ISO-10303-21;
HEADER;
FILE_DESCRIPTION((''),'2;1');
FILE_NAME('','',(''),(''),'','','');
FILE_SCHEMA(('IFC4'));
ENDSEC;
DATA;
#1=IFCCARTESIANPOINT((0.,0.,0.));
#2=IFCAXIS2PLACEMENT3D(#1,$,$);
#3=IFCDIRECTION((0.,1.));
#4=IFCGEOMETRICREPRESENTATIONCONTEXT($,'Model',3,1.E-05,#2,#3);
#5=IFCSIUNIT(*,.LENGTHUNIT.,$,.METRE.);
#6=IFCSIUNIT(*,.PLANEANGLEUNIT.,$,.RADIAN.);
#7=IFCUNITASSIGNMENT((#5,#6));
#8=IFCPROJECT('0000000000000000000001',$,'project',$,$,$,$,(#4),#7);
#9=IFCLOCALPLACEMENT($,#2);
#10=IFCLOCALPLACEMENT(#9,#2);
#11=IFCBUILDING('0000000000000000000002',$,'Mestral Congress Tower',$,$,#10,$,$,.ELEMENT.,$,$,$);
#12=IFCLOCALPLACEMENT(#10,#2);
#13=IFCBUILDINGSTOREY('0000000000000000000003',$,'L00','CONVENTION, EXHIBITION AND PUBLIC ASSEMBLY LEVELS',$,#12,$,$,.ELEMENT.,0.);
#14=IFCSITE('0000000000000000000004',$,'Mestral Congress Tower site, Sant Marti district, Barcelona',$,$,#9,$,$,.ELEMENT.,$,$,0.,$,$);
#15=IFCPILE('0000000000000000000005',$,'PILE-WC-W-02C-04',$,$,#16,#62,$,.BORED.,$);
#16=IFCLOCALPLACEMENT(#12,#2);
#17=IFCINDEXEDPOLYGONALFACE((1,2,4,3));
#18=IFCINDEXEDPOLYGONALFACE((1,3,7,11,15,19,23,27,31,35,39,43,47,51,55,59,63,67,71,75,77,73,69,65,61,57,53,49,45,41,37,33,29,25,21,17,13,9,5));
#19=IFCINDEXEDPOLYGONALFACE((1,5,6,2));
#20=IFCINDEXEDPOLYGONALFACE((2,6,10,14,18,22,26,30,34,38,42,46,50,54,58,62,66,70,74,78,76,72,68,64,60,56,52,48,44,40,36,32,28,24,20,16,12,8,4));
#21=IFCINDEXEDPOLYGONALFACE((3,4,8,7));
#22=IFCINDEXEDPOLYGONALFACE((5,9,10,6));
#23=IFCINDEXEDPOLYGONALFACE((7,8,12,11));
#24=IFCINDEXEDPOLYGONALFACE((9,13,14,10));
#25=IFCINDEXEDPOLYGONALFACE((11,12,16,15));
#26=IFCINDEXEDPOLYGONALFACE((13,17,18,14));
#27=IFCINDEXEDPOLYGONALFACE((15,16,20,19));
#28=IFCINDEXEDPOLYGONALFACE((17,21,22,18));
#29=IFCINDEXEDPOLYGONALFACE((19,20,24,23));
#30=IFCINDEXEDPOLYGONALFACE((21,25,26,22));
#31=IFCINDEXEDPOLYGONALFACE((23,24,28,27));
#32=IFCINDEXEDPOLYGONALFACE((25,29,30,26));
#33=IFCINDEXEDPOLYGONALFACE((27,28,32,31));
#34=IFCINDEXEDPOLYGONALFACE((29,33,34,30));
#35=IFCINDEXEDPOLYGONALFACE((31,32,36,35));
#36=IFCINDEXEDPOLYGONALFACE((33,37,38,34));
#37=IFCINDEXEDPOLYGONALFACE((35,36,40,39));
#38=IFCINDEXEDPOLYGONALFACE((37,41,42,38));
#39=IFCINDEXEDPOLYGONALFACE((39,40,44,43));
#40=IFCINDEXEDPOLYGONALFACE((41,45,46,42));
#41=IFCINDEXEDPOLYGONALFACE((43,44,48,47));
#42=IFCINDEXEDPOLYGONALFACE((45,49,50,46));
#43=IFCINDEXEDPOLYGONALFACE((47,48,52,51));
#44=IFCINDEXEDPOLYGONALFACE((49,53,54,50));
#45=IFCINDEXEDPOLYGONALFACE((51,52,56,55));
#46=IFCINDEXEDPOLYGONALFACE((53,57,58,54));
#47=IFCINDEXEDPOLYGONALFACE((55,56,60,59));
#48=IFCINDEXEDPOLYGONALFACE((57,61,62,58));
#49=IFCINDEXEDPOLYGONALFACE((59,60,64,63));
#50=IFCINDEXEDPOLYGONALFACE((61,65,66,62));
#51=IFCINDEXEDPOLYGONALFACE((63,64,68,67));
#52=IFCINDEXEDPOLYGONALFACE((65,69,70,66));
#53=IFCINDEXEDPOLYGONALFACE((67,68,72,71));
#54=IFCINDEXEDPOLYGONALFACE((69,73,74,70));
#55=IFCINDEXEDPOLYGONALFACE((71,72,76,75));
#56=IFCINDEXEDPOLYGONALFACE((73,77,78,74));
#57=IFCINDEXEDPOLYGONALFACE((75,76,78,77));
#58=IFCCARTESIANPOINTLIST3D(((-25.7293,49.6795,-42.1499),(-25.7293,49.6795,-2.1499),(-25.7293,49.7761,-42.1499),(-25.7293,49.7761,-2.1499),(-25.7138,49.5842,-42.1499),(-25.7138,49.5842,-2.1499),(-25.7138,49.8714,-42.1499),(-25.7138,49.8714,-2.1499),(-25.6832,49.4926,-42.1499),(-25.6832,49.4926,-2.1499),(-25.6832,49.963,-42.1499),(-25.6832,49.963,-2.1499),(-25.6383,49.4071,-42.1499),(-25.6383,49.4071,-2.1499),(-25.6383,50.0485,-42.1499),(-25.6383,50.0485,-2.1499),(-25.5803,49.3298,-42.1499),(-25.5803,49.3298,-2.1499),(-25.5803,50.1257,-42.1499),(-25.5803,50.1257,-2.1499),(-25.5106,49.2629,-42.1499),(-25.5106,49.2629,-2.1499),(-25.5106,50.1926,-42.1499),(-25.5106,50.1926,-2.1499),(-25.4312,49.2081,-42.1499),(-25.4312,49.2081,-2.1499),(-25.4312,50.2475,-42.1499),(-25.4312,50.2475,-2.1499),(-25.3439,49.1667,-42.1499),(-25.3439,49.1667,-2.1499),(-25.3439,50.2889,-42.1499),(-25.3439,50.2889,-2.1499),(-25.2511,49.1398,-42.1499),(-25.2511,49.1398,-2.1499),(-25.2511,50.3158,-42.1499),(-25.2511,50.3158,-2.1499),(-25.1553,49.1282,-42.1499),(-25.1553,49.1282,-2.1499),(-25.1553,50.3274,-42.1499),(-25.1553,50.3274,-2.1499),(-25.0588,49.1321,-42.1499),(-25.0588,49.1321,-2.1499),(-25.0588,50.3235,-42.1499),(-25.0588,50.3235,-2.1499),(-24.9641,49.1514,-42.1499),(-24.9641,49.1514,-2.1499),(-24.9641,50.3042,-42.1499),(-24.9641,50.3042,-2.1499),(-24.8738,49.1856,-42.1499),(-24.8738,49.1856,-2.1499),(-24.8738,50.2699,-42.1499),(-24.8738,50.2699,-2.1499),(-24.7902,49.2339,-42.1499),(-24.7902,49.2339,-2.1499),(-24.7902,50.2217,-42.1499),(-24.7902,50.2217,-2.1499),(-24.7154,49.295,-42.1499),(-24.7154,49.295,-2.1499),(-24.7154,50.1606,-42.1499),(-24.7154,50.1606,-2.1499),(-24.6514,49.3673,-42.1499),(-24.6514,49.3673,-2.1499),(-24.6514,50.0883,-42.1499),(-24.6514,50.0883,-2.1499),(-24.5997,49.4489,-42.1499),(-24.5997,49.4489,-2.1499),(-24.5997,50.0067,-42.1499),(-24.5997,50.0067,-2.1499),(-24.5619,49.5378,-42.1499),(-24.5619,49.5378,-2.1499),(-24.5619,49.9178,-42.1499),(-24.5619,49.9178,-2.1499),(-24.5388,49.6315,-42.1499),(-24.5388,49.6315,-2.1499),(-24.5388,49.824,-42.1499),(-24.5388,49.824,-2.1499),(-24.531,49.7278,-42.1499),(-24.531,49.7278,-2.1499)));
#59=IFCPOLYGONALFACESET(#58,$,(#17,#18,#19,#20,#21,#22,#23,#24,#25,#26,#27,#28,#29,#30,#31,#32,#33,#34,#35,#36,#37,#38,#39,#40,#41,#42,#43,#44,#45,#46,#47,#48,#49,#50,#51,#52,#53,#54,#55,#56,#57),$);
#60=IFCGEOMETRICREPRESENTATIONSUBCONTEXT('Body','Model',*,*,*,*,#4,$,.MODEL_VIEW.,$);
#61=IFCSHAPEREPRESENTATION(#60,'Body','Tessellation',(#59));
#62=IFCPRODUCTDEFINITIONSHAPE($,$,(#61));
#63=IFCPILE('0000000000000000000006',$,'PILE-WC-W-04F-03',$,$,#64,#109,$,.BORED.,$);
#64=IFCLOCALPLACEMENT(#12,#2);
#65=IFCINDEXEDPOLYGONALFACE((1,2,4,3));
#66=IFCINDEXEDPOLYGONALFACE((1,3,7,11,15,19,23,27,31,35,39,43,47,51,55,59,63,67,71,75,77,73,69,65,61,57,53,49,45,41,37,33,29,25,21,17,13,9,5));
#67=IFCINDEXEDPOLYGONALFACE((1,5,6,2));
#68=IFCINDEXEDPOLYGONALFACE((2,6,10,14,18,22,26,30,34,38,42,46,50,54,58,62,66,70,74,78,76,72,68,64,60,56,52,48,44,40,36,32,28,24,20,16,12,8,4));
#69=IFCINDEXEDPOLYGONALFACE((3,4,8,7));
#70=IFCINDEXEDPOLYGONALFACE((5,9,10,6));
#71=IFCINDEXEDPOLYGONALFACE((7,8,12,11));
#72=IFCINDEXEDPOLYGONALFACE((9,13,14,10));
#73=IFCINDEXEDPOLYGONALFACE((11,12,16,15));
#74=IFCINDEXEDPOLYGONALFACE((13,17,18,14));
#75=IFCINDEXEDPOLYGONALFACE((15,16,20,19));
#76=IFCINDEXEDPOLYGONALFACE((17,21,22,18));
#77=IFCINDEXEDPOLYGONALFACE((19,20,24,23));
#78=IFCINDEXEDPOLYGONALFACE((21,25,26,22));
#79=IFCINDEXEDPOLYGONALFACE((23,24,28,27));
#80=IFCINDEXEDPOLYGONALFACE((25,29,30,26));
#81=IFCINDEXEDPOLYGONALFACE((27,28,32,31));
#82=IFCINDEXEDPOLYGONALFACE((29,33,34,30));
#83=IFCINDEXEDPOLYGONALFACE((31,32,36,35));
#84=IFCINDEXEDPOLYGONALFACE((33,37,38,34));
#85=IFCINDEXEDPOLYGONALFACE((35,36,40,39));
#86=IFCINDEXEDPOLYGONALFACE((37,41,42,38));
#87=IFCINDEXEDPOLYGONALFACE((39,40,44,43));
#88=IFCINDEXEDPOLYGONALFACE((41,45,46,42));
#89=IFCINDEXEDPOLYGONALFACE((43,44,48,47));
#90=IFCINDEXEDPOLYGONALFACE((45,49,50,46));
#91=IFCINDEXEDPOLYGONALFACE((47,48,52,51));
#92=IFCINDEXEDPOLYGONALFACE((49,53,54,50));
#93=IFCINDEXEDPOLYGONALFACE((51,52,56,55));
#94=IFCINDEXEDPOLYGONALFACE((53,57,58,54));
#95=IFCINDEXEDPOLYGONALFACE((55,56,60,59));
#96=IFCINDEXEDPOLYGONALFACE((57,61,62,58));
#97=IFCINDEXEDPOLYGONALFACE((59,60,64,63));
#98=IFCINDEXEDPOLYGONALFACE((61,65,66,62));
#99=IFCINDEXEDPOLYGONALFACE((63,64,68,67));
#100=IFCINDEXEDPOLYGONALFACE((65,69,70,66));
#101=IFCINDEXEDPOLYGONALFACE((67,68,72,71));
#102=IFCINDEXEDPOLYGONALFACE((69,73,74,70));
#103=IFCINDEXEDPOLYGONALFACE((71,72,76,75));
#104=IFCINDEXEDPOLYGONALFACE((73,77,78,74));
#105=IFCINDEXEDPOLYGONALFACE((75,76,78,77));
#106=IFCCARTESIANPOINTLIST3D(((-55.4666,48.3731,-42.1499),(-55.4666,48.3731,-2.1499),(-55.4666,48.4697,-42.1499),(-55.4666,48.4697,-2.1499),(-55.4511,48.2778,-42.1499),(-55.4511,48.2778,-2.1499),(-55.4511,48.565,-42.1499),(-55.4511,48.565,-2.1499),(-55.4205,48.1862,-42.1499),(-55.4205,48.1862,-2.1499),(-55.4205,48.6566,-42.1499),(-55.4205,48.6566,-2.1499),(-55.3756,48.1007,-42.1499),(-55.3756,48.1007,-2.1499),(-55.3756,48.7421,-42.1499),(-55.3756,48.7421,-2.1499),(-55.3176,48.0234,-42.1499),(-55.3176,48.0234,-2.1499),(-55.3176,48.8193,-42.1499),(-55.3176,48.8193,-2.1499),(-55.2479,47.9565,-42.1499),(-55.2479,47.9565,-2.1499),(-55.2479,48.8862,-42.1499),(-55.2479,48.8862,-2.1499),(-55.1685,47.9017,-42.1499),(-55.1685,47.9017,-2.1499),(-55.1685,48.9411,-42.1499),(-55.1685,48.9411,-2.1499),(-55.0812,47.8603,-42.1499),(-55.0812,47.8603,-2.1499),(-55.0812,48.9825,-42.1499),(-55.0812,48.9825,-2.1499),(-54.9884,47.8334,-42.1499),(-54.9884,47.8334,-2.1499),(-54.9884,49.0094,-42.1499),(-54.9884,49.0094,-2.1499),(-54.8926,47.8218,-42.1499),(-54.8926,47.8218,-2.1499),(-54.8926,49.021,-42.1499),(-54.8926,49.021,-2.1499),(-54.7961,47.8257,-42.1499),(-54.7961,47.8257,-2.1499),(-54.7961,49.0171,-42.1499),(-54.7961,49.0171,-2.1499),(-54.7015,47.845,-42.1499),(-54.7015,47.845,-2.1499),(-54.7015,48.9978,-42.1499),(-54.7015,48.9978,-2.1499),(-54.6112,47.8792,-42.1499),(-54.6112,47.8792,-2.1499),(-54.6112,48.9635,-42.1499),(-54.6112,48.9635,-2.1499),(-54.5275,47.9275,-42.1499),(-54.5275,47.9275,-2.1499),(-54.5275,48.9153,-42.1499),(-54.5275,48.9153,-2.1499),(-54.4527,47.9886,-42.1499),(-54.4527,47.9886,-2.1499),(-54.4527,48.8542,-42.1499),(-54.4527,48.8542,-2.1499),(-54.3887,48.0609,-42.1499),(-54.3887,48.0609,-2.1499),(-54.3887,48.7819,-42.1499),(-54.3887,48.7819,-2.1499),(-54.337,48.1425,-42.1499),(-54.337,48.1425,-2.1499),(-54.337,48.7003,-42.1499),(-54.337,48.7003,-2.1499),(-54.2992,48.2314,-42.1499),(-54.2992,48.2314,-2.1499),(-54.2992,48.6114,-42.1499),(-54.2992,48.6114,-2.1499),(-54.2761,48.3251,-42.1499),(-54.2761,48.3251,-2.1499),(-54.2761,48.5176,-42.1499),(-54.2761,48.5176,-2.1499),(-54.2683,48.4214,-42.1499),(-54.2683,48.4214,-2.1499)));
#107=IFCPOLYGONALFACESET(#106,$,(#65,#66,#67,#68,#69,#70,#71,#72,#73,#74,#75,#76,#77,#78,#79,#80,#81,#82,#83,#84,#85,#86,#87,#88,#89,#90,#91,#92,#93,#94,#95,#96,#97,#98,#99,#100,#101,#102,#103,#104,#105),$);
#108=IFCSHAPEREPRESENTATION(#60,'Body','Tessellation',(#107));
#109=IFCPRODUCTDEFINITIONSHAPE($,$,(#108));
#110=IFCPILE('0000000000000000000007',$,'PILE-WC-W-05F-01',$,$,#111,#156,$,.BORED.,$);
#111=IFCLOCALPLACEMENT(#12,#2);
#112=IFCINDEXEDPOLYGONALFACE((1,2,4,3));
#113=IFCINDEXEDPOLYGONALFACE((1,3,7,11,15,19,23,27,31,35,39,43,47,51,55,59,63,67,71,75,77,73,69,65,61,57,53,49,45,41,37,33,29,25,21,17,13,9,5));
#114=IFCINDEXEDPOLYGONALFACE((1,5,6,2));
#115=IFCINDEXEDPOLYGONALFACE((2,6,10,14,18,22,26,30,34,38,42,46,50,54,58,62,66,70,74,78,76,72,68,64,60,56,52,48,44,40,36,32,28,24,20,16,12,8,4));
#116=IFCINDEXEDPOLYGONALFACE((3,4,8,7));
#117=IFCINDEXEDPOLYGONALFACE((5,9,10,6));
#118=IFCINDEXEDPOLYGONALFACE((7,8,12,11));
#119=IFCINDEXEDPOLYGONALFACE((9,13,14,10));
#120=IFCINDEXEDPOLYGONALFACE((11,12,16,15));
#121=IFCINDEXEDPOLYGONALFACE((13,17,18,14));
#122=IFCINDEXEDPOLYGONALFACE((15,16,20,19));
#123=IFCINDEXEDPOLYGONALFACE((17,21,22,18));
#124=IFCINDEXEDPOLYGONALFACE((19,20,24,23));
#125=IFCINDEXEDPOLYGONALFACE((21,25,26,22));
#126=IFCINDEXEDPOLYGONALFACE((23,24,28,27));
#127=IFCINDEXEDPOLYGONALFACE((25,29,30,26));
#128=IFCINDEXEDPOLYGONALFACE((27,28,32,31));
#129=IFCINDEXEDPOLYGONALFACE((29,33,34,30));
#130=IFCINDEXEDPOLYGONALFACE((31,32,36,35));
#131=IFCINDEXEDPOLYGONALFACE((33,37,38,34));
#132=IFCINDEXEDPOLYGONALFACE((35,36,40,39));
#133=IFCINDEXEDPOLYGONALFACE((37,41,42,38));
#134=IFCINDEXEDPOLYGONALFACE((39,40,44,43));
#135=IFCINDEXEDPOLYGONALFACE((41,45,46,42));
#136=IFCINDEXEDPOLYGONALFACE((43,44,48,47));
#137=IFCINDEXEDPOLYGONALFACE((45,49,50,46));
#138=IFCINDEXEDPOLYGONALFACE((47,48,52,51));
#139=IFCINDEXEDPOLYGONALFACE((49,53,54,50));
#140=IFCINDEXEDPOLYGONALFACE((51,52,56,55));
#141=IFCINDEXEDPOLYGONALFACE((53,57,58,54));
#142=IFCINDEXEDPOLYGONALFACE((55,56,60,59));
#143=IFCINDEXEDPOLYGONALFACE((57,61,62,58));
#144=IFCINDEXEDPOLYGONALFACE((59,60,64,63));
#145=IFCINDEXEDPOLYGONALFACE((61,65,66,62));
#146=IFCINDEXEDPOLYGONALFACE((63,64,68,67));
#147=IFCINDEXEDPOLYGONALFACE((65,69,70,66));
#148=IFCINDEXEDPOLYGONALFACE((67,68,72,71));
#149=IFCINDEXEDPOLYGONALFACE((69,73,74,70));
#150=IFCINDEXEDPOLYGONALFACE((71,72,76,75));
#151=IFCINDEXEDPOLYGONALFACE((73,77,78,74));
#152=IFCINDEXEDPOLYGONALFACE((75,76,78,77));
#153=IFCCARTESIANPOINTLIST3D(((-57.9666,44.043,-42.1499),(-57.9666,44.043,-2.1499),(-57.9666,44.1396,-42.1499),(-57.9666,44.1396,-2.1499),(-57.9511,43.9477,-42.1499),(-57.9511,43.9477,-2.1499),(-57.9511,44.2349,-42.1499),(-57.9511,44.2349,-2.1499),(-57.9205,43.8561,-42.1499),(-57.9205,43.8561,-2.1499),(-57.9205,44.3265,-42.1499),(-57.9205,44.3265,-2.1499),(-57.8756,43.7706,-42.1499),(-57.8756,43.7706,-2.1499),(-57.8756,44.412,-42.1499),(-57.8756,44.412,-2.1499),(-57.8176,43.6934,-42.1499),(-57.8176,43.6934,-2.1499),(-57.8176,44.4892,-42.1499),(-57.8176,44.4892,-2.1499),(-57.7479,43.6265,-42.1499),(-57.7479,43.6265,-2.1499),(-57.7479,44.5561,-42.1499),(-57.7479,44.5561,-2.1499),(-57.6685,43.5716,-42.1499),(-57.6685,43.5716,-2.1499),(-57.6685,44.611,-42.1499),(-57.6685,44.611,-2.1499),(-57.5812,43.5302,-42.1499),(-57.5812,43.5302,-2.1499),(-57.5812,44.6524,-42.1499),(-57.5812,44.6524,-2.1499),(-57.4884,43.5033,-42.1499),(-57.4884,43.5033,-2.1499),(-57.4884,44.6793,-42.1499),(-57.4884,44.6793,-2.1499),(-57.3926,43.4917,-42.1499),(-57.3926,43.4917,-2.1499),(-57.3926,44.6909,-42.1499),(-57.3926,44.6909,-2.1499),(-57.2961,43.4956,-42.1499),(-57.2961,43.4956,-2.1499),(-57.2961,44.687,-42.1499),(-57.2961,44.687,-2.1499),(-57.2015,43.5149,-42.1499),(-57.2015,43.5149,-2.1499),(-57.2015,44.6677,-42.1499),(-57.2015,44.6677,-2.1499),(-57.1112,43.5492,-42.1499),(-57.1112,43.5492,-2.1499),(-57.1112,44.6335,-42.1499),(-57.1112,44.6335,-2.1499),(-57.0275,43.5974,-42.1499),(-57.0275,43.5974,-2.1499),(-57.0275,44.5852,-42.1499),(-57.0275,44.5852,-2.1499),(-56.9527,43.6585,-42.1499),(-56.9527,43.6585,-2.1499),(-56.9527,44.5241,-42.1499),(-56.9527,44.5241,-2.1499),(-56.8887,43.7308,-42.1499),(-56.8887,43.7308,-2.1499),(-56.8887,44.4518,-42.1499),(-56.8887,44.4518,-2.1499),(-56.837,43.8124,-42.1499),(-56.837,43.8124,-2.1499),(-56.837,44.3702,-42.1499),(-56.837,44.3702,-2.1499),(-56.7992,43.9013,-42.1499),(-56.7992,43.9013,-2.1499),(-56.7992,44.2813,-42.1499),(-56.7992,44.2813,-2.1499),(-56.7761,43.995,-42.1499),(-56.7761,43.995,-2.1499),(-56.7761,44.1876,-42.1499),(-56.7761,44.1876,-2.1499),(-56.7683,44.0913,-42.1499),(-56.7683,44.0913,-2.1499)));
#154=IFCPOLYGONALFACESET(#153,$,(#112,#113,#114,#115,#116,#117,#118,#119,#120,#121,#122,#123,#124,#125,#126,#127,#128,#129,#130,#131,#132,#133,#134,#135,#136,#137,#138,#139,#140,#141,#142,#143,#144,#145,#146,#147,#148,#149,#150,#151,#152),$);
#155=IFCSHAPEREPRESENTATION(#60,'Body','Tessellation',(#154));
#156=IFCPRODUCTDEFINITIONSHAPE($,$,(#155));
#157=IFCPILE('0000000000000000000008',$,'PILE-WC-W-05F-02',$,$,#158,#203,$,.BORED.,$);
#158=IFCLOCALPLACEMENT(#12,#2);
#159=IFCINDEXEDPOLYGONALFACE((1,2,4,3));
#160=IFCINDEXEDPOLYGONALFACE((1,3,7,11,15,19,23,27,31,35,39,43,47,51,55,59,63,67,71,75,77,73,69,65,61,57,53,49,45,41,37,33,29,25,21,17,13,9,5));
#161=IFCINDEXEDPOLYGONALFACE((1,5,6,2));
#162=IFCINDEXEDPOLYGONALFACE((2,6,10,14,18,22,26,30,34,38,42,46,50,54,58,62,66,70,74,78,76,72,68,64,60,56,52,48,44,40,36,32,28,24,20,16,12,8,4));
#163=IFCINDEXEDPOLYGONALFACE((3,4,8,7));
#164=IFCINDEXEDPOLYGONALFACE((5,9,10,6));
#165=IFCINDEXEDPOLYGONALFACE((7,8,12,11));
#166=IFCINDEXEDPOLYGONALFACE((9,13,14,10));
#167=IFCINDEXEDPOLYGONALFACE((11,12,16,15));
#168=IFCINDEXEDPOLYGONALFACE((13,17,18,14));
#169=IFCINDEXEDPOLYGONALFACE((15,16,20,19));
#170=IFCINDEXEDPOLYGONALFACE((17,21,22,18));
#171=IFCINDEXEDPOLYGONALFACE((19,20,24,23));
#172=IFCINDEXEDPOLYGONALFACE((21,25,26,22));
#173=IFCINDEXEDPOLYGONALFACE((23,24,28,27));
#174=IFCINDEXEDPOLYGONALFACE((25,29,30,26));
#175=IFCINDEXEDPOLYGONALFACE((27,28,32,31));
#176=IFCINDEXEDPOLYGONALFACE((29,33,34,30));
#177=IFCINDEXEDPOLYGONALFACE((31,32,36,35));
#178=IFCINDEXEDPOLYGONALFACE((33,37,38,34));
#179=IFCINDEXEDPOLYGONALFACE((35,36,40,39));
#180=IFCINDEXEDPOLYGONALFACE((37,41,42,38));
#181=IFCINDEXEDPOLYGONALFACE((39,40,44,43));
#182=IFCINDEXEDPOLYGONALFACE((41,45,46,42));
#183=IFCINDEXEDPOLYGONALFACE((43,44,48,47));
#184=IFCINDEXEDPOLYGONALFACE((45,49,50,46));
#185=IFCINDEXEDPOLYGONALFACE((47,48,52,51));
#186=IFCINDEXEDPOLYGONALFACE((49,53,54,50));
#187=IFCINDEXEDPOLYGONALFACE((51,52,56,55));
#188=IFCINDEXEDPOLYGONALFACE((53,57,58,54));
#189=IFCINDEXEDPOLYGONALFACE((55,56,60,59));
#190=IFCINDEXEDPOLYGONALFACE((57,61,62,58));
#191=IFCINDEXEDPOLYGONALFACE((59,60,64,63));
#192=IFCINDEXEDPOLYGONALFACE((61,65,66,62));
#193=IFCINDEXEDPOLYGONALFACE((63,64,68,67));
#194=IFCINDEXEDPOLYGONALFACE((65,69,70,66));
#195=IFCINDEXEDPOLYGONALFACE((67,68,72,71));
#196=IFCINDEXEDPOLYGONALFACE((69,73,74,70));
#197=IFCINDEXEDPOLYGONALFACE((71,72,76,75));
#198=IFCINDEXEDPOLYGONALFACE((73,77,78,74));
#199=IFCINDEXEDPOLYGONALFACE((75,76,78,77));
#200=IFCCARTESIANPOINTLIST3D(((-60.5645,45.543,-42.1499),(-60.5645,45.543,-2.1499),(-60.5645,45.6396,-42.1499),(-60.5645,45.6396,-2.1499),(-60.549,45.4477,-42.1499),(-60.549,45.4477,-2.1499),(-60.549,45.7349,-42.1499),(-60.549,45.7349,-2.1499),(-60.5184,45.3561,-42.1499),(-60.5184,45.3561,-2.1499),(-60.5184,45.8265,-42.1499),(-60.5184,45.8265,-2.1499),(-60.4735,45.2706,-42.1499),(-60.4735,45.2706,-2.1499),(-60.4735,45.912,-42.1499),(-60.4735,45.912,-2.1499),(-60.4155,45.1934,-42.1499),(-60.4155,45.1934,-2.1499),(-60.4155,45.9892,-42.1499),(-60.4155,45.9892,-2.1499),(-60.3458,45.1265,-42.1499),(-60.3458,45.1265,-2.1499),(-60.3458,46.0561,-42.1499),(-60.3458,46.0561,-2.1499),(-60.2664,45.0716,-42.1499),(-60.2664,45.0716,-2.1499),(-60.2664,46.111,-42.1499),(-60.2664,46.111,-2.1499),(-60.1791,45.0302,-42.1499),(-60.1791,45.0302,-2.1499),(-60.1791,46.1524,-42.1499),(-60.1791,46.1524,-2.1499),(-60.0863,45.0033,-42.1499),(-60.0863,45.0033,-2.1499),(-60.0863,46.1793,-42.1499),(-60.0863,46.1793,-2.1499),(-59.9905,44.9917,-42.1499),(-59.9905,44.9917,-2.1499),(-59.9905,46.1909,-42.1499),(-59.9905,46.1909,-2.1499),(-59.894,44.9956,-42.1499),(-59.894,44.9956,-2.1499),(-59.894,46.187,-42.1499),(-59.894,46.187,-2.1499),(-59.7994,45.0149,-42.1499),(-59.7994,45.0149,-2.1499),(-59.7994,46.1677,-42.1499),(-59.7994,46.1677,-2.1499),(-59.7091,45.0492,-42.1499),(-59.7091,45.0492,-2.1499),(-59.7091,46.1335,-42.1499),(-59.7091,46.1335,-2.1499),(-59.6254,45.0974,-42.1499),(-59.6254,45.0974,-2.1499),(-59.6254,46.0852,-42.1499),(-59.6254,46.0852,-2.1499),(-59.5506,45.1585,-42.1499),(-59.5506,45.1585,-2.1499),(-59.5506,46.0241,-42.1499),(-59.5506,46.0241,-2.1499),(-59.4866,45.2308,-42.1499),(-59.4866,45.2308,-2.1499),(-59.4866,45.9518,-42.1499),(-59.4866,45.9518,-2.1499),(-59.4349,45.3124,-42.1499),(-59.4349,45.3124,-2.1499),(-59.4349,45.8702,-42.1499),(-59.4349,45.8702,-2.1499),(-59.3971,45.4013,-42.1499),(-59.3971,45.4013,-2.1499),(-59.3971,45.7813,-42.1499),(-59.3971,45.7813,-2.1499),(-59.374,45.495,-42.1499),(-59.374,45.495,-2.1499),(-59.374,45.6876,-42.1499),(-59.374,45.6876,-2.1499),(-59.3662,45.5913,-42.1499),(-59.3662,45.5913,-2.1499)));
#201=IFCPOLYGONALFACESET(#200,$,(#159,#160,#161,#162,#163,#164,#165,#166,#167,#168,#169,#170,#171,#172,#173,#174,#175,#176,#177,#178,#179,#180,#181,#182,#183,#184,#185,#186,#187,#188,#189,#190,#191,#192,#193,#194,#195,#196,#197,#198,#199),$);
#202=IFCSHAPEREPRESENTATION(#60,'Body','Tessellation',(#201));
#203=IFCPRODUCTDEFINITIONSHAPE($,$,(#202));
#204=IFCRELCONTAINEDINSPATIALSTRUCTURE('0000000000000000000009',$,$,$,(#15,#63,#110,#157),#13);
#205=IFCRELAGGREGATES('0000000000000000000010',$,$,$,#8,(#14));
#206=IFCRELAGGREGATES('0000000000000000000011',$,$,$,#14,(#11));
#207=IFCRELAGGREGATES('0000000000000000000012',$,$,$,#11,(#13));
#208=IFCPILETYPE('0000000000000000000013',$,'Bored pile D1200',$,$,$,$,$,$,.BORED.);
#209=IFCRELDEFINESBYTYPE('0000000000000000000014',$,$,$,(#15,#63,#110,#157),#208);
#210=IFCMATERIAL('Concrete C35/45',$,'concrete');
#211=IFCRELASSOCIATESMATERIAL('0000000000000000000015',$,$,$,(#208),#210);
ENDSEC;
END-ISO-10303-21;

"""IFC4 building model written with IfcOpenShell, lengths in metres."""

from ifc_helpers import new_model, si_unit, direction, frame, origin, origin_2d, place, context, subcontext, project, spatial, circle, extrude, material, material_profile, profile_set, type_object, element, save


model = new_model("IFC4")

# Units and contexts
model_context = context("Model", 3, precision=1e-05, world=origin(), true_north=direction((0.0, 1.0)))
body_context = subcontext(model_context, "Body", "Model", "MODEL_VIEW")
ifc_project = project(units=[si_unit("LENGTHUNIT", "METRE"), si_unit("PLANEANGLEUNIT", "RADIAN")], contexts=[model_context])

# Site, building, storey
site_placement = place(None, origin())
site = spatial("IfcSite", under=ifc_project, at=site_placement, Name="Mestral Congress Tower site, Sant Marti district, Barcelona", CompositionType="ELEMENT", RefElevation=0.0)
building_placement = place(site_placement, origin())
building = spatial("IfcBuilding", under=site, at=building_placement, Name="Mestral Congress Tower", CompositionType="ELEMENT")
storey_placement = place(building_placement, origin())
storey = spatial("IfcBuildingStorey", under=building, at=storey_placement, Name="L00", Description="CONVENTION, EXHIBITION AND PUBLIC ASSEMBLY LEVELS", CompositionType="ELEMENT", Elevation=0.0)

# Piles
ifc_material_1 = material(Name="Concrete C35/45", Category="concrete")
ifc_material_profile_1 = material_profile(ifc_material_1, circle(Radius=0.6001, at=origin_2d()), Name="D1200")
ifc_profile_set_1 = profile_set([ifc_material_profile_1], Name="Concrete C35/45")
pile_type = type_object("IfcPileType", Name="Bored pile D1200", PredefinedType="BORED", material=ifc_profile_set_1)
for number, where, z_axis, x_axis, name in (
    (1, (-25.1311, 49.7278, -2.1499), (0.0, 0.0, -1.0), (1.0, 0.0, 0.0), "PILE-WC-W-02C-04"),
    (2, (-54.8684, 48.4214, -2.1499), (0.0, 0.0, -1.0), (1.0, 0.0, 0.0), "PILE-WC-W-04F-03"),
    (3, (-57.3684, 44.0913, -2.1499), (0.0, 0.0, -1.0), (1.0, 0.0, 0.0), "PILE-WC-W-05F-01"),
    (4, (-59.9663, 45.5913, -2.1499), (0.0, 0.0, -1.0), (1.0, 0.0, 0.0), "PILE-WC-W-05F-02"),
):
    element("IfcPile", number, at=place(storey_placement, frame(where, z_axis=z_axis, x_axis=x_axis)), inside=storey, type_object=pile_type, Name=name, PredefinedType="BORED", context=body_context, shape_type="SweptSolid", body=[
        extrude(circle(Radius=0.6001, at=origin_2d()), origin(), (0.0, 0.0, 1.0), 40.0),
    ])

save(model, "model.ifc")
